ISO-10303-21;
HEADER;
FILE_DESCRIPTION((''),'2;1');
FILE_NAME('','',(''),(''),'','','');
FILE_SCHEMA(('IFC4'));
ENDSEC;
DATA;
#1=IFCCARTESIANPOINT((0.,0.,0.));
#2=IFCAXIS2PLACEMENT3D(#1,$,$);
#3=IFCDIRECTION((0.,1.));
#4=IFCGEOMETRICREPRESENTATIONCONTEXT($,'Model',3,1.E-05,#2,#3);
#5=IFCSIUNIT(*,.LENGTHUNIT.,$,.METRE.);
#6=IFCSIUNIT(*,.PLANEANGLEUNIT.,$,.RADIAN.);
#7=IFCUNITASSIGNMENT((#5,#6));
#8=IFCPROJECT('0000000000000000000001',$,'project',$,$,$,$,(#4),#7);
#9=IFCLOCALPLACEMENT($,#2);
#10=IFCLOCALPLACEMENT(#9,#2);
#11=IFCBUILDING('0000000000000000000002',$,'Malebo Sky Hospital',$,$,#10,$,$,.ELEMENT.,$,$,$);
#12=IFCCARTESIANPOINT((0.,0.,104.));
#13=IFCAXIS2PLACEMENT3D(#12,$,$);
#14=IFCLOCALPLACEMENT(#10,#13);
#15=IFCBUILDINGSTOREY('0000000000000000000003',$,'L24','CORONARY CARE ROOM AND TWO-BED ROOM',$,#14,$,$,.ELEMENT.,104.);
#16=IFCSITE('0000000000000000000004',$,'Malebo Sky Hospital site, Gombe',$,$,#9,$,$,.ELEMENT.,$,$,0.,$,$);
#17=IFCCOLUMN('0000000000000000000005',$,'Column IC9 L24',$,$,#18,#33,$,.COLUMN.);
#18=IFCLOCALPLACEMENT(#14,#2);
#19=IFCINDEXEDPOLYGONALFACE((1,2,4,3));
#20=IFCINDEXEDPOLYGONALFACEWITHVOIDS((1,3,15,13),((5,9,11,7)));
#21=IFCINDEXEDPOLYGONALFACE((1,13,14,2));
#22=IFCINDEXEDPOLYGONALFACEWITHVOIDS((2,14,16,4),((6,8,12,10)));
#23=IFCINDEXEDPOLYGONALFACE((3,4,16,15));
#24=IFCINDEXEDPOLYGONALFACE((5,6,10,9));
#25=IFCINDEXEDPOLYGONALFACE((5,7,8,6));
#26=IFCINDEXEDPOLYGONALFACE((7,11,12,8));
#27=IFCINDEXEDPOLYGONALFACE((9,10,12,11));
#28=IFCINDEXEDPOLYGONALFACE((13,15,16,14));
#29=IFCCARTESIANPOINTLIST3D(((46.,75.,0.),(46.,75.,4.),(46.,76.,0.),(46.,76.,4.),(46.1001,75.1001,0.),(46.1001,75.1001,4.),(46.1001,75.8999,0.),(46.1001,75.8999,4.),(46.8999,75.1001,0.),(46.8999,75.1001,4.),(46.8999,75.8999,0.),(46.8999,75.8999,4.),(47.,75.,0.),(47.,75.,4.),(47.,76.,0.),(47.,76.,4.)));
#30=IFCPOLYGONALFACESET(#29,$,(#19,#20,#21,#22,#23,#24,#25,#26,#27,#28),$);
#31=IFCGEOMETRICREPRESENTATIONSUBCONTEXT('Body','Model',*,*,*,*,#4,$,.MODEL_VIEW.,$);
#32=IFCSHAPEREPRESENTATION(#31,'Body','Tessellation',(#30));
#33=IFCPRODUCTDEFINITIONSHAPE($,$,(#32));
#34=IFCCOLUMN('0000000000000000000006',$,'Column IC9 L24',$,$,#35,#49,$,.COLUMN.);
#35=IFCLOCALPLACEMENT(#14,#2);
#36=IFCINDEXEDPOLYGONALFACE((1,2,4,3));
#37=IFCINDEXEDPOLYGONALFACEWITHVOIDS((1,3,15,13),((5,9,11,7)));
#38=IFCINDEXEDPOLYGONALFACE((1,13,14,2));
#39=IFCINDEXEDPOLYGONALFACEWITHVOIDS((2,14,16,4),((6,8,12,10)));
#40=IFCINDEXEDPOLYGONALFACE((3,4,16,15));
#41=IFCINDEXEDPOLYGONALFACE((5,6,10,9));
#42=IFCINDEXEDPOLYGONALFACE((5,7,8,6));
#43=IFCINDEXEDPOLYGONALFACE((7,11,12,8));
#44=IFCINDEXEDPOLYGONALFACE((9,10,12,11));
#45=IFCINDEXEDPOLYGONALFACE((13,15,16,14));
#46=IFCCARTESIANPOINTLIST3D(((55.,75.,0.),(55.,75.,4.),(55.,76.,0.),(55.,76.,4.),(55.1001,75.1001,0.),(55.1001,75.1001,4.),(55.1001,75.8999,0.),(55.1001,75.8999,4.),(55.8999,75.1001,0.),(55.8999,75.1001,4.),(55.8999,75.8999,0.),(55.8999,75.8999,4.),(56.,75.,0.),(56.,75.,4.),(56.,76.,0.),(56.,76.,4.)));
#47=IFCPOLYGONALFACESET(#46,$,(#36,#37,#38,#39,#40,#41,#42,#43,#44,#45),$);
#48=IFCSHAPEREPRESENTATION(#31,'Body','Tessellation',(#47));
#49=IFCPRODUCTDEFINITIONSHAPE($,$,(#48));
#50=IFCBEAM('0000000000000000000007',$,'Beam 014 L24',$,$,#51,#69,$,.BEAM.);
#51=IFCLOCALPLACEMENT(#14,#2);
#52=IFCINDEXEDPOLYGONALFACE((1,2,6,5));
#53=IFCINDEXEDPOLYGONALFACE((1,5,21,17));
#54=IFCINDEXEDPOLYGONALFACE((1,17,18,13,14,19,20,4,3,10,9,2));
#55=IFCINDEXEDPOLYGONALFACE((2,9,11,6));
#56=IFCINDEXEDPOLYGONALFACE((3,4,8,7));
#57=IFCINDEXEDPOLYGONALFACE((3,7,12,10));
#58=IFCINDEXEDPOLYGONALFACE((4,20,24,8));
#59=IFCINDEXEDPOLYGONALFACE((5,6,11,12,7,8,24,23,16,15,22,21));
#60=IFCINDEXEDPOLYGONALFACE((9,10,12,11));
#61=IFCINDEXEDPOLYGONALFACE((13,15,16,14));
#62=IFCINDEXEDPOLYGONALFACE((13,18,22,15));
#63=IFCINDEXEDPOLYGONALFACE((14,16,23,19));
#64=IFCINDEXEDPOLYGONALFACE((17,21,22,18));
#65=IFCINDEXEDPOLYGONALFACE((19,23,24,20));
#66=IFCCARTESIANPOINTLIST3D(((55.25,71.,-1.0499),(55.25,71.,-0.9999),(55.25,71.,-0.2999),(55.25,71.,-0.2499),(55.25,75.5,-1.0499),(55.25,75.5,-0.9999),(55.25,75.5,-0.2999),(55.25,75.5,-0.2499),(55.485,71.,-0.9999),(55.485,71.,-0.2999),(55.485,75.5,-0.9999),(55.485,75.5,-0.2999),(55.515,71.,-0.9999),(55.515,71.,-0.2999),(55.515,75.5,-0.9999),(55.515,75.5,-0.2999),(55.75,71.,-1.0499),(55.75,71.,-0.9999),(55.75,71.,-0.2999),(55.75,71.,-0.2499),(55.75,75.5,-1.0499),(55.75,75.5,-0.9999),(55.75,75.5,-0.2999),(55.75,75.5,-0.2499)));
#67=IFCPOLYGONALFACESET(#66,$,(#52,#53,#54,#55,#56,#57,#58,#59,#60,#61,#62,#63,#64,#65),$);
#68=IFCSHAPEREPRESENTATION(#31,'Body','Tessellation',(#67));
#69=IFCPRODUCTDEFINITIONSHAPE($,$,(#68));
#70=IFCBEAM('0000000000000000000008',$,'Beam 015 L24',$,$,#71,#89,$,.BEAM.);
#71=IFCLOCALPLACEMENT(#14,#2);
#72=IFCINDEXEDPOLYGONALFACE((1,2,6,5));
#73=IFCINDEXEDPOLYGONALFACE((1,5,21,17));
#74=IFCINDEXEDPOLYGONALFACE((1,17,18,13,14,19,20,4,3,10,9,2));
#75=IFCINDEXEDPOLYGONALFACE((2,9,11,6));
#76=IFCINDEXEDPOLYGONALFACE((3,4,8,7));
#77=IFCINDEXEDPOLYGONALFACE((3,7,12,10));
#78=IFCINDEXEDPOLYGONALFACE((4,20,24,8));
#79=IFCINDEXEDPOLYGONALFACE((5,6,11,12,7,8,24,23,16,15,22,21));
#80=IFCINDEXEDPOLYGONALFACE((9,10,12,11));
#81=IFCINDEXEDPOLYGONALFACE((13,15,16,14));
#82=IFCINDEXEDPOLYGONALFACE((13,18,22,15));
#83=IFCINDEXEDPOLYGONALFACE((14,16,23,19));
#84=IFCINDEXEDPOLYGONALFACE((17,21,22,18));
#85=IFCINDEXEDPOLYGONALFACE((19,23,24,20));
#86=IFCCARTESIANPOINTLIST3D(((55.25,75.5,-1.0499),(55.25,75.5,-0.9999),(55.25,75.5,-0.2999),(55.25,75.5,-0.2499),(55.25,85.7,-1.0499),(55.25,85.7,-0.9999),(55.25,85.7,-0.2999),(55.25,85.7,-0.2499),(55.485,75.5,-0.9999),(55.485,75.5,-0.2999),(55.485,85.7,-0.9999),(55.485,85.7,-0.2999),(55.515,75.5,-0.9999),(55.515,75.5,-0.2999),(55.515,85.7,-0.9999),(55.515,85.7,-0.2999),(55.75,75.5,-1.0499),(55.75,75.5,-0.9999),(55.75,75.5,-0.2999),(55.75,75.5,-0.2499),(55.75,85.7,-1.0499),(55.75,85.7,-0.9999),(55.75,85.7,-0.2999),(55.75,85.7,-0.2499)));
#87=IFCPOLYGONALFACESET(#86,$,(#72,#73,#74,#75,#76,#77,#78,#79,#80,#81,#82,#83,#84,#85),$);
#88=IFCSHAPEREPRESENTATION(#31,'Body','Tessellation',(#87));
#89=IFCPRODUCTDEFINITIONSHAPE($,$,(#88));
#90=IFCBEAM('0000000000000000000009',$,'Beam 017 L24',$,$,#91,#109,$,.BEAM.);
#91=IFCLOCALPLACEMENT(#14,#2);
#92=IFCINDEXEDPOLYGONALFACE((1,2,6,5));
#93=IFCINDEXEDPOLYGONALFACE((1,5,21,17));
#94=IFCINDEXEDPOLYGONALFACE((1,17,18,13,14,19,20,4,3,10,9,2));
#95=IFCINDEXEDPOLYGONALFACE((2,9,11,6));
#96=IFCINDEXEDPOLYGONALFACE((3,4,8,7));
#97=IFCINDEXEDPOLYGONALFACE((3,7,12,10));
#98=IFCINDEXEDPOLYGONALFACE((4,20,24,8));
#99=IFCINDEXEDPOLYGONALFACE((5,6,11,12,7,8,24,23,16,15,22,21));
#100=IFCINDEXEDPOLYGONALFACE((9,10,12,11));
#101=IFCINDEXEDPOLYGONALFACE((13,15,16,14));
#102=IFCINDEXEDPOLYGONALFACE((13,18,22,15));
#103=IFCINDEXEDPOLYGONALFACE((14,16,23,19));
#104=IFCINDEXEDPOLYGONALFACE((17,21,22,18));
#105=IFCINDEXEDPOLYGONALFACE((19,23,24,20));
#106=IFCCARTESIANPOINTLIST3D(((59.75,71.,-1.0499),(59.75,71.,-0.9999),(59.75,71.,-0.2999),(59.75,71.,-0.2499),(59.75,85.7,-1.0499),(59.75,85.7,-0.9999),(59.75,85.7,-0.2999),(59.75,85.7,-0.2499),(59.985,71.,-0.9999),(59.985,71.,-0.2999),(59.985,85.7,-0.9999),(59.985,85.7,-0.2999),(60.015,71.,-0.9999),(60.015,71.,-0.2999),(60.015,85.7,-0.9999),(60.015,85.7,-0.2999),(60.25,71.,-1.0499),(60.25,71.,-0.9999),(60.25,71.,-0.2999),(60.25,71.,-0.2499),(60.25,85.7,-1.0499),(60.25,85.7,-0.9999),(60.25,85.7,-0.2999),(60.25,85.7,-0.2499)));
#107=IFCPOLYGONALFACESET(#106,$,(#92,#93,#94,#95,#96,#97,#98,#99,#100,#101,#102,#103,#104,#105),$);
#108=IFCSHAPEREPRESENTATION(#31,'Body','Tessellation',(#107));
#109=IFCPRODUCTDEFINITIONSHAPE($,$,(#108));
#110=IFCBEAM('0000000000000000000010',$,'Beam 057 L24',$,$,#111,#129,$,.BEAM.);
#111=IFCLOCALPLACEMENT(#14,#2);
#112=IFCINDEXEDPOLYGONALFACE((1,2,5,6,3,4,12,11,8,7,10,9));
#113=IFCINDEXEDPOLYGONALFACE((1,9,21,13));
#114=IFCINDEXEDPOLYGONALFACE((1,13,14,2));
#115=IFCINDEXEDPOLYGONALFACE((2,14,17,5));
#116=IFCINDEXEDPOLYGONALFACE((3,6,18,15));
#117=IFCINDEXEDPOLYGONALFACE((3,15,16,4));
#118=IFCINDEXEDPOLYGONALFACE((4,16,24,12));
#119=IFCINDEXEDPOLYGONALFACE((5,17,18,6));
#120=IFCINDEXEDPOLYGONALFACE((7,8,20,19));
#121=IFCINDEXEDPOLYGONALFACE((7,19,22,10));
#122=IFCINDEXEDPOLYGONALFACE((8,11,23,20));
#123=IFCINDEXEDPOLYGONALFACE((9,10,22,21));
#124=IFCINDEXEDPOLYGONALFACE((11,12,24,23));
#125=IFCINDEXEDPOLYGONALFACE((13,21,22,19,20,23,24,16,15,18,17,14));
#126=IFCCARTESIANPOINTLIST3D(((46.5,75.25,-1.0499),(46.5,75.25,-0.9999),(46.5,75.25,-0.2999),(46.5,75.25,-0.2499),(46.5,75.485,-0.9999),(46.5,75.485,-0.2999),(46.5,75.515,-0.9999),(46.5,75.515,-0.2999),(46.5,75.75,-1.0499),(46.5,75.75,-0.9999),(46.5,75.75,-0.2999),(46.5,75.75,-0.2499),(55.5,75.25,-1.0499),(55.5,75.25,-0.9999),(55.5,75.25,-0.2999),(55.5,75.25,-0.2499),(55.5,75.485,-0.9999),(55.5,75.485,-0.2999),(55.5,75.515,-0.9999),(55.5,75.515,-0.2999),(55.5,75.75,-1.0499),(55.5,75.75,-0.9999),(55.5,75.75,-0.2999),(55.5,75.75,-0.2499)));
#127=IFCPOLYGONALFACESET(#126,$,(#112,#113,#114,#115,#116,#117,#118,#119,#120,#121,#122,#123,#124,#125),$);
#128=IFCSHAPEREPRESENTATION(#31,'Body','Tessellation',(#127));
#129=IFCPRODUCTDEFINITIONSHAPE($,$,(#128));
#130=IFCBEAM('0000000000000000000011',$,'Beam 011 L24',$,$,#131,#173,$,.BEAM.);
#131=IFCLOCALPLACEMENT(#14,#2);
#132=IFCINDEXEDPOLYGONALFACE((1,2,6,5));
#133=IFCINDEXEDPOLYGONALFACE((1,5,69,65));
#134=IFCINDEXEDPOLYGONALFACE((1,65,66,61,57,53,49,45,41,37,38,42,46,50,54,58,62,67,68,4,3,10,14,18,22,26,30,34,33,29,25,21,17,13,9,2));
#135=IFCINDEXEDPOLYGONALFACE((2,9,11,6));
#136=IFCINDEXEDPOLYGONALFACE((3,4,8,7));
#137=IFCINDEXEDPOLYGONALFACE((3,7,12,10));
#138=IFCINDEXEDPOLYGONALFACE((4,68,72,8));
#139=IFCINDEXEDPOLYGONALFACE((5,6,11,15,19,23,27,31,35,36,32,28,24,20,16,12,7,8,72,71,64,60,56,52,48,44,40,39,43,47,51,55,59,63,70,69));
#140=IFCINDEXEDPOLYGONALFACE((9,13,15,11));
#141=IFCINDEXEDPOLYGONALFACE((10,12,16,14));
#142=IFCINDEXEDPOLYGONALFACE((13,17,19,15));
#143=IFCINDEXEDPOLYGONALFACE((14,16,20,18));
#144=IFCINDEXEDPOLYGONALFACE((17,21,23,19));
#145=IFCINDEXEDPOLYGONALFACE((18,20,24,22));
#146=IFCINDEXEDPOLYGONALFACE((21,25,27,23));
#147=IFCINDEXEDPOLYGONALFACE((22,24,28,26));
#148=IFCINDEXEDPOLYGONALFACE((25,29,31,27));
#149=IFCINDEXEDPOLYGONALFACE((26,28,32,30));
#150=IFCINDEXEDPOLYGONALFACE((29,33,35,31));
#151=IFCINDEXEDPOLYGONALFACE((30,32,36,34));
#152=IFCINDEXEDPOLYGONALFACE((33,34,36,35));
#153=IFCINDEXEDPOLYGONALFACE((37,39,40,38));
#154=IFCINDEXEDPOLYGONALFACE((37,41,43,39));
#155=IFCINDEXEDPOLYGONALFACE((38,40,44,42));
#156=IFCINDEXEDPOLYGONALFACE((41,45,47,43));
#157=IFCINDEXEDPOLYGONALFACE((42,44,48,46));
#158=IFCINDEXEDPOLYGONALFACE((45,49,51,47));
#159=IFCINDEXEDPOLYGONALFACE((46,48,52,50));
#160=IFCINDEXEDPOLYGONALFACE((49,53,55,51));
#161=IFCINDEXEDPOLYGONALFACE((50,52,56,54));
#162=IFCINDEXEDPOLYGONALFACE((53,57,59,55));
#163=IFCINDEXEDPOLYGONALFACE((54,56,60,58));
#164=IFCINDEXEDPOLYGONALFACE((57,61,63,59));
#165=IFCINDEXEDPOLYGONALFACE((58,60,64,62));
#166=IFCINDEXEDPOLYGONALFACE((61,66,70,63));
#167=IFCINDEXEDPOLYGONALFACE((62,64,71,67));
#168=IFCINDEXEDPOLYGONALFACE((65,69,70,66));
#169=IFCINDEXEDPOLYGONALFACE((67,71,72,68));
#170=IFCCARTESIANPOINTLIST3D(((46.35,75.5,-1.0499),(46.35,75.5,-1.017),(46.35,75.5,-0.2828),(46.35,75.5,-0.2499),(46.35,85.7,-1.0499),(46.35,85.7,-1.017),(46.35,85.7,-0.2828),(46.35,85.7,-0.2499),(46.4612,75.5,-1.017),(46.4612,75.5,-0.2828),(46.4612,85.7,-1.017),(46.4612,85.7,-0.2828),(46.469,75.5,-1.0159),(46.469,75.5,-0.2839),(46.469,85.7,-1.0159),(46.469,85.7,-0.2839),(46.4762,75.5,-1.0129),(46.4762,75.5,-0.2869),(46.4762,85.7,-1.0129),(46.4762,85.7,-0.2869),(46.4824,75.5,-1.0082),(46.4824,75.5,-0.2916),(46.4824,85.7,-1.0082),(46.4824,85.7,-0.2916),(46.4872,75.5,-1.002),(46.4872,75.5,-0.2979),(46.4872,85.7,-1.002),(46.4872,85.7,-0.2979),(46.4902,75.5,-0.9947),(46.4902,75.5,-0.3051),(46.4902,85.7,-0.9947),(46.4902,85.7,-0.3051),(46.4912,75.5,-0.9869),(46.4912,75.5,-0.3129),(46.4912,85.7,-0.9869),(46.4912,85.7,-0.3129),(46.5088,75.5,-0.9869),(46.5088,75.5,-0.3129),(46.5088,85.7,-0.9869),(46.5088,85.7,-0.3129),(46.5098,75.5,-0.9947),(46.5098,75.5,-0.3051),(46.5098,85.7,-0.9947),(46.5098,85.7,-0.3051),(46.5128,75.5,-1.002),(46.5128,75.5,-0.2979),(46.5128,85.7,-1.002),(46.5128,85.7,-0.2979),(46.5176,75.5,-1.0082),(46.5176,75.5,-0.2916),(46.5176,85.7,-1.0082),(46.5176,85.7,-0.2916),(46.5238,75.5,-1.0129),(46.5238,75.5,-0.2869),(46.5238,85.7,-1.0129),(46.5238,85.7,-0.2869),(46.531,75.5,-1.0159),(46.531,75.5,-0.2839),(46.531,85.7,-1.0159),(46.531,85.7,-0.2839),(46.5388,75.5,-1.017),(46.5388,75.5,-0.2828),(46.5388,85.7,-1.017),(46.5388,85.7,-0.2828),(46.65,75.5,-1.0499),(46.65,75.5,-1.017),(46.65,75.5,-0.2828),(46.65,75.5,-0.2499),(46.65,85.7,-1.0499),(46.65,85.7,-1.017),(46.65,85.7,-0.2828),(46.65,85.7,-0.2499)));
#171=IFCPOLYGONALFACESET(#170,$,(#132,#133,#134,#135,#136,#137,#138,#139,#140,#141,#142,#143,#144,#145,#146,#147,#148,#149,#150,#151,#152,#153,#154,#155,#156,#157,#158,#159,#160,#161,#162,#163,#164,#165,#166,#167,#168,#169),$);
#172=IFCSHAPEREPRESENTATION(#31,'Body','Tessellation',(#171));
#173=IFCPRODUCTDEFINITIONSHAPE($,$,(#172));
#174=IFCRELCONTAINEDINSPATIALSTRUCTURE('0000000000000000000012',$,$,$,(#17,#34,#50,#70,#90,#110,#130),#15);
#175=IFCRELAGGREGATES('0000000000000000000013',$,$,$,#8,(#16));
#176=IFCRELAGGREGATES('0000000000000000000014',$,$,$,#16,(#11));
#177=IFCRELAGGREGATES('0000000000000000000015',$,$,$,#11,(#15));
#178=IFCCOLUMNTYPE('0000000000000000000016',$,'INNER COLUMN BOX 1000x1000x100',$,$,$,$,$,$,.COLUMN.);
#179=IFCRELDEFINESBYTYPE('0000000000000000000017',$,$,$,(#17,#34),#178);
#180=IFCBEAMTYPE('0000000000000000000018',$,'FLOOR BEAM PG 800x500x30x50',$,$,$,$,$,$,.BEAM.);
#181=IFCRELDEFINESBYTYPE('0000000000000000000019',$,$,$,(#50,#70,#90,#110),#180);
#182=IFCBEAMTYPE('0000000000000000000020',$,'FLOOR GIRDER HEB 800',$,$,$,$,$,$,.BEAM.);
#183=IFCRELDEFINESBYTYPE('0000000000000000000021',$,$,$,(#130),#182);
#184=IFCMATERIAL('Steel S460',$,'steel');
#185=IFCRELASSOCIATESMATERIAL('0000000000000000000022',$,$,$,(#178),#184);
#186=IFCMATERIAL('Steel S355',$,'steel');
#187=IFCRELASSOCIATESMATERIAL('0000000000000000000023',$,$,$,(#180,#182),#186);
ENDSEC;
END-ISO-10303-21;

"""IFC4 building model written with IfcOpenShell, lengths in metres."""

from ifc_helpers import new_model, si_unit, direction, frame, origin, origin_2d, place, context, subcontext, project, spatial, hollow_rectangle, i_section, extrude, material, material_profile, profile_set, type_object, element, save


model = new_model("IFC4")

# Units and contexts
model_context = context("Model", 3, precision=1e-05, world=origin(), true_north=direction((0.0, 1.0)))
body_context = subcontext(model_context, "Body", "Model", "MODEL_VIEW")
ifc_project = project(units=[si_unit("LENGTHUNIT", "METRE"), si_unit("PLANEANGLEUNIT", "RADIAN")], contexts=[model_context])

# Site, building, storey
site_placement = place(None, origin())
site = spatial("IfcSite", under=ifc_project, at=site_placement, Name="Malebo Sky Hospital site, Gombe", CompositionType="ELEMENT", RefElevation=0.0)
building_placement = place(site_placement, origin())
building = spatial("IfcBuilding", under=site, at=building_placement, Name="Malebo Sky Hospital", CompositionType="ELEMENT")
storey_placement = place(building_placement, frame((0.0, 0.0, 104.0)))
storey = spatial("IfcBuildingStorey", under=building, at=storey_placement, Name="L24", Description="CORONARY CARE ROOM AND TWO-BED ROOM", CompositionType="ELEMENT", Elevation=104.0)

# Columns
ifc_material_1 = material(Name="Steel S460", Category="steel")
ifc_material_profile_1 = material_profile(ifc_material_1, hollow_rectangle(XDim=1.0, YDim=1.0, WallThickness=0.1001, at=origin_2d()), Name="BOX 1000x1000x100")
ifc_profile_set_1 = profile_set([ifc_material_profile_1], Name="Steel S460")
column_type = type_object("IfcColumnType", Name="INNER COLUMN BOX 1000x1000x100", PredefinedType="COLUMN", material=ifc_profile_set_1)
for number, where, z_axis, x_axis, name in (
    (1, (46.5, 75.5, 0.0), (0.0, 0.0, 1.0), (1.0, 0.0, 0.0), "Column IC9 L24"),
    (2, (55.5, 75.5, 0.0), (0.0, 0.0, 1.0), (1.0, 0.0, 0.0), "Column IC9 L24"),
):
    element("IfcColumn", number, at=place(storey_placement, frame(where, z_axis=z_axis, x_axis=x_axis)), inside=storey, type_object=column_type, Name=name, PredefinedType="COLUMN", context=body_context, shape_type="SweptSolid", body=[
        extrude(hollow_rectangle(XDim=1.0, YDim=1.0, WallThickness=0.1001, at=origin_2d()), origin(), (0.0, 0.0, 1.0), 4.0),
    ])

# Beams
ifc_material_2 = material(Name="Steel S355", Category="steel")
ifc_material_profile_2 = material_profile(ifc_material_2, i_section(OverallWidth=0.5, OverallDepth=0.8, WebThickness=0.03, FlangeThickness=0.05, at=origin_2d()), Name="PG 800x500x30x50")
ifc_profile_set_2 = profile_set([ifc_material_profile_2], Name="Steel S355")
beam_type_1 = type_object("IfcBeamType", Name="FLOOR BEAM PG 800x500x30x50", PredefinedType="BEAM", material=ifc_profile_set_2)
beam_1_placement = place(storey_placement, frame((55.5, 71.0, -0.6499), z_axis=(0.0, 1.0, 0.0), x_axis=(-1.0, 0.0, 0.0)))
element("IfcBeam", 3, at=beam_1_placement, inside=storey, type_object=beam_type_1, Name="Beam 014 L24", PredefinedType="BEAM", context=body_context, shape_type="SweptSolid", body=[
    extrude(i_section(OverallWidth=0.5, OverallDepth=0.8, WebThickness=0.03, FlangeThickness=0.05, at=origin_2d()), origin(), (0.0, 0.0, 1.0), 4.5),
])
beam_2_placement = place(storey_placement, frame((55.5, 75.5, -0.6499), z_axis=(0.0, 1.0, 0.0), x_axis=(-1.0, 0.0, 0.0)))
element("IfcBeam", 4, at=beam_2_placement, inside=storey, type_object=beam_type_1, Name="Beam 015 L24", PredefinedType="BEAM", context=body_context, shape_type="SweptSolid", body=[
    extrude(i_section(OverallWidth=0.5, OverallDepth=0.8, WebThickness=0.03, FlangeThickness=0.05, at=origin_2d()), origin(), (0.0, 0.0, 1.0), 10.2),
])
beam_3_placement = place(storey_placement, frame((60.0, 71.0, -0.6499), z_axis=(0.0, 1.0, 0.0), x_axis=(-1.0, 0.0, 0.0)))
element("IfcBeam", 5, at=beam_3_placement, inside=storey, type_object=beam_type_1, Name="Beam 017 L24", PredefinedType="BEAM", context=body_context, shape_type="SweptSolid", body=[
    extrude(i_section(OverallWidth=0.5, OverallDepth=0.8, WebThickness=0.03, FlangeThickness=0.05, at=origin_2d()), origin(), (0.0, 0.0, 1.0), 14.7),
])
beam_4_placement = place(storey_placement, frame((46.5, 75.5, -0.6499), z_axis=(1.0, 0.0, 0.0), x_axis=(0.0, 1.0, 0.0)))
element("IfcBeam", 6, at=beam_4_placement, inside=storey, type_object=beam_type_1, Name="Beam 057 L24", PredefinedType="BEAM", context=body_context, shape_type="SweptSolid", body=[
    extrude(i_section(OverallWidth=0.5, OverallDepth=0.8, WebThickness=0.03, FlangeThickness=0.05, at=origin_2d()), origin(), (0.0, 0.0, 1.0), 9.0),
])
ifc_material_profile_3 = material_profile(ifc_material_2, i_section(OverallWidth=0.3, OverallDepth=0.8, WebThickness=0.0176, FlangeThickness=0.033, FilletRadius=0.03, at=origin_2d()), Name="HEB 800")
ifc_profile_set_3 = profile_set([ifc_material_profile_3], Name="Steel S355")
beam_type_2 = type_object("IfcBeamType", Name="FLOOR GIRDER HEB 800", PredefinedType="BEAM", material=ifc_profile_set_3)
beam_5_placement = place(storey_placement, frame((46.5, 75.5, -0.6499), z_axis=(0.0, 1.0, 0.0), x_axis=(-1.0, 0.0, 0.0)))
element("IfcBeam", 7, at=beam_5_placement, inside=storey, type_object=beam_type_2, Name="Beam 011 L24", PredefinedType="BEAM", context=body_context, shape_type="SweptSolid", body=[
    extrude(i_section(OverallWidth=0.3, OverallDepth=0.8, WebThickness=0.0176, FlangeThickness=0.033, FilletRadius=0.03, at=origin_2d()), origin(), (0.0, 0.0, 1.0), 10.2),
])

save(model, "model.ifc")
